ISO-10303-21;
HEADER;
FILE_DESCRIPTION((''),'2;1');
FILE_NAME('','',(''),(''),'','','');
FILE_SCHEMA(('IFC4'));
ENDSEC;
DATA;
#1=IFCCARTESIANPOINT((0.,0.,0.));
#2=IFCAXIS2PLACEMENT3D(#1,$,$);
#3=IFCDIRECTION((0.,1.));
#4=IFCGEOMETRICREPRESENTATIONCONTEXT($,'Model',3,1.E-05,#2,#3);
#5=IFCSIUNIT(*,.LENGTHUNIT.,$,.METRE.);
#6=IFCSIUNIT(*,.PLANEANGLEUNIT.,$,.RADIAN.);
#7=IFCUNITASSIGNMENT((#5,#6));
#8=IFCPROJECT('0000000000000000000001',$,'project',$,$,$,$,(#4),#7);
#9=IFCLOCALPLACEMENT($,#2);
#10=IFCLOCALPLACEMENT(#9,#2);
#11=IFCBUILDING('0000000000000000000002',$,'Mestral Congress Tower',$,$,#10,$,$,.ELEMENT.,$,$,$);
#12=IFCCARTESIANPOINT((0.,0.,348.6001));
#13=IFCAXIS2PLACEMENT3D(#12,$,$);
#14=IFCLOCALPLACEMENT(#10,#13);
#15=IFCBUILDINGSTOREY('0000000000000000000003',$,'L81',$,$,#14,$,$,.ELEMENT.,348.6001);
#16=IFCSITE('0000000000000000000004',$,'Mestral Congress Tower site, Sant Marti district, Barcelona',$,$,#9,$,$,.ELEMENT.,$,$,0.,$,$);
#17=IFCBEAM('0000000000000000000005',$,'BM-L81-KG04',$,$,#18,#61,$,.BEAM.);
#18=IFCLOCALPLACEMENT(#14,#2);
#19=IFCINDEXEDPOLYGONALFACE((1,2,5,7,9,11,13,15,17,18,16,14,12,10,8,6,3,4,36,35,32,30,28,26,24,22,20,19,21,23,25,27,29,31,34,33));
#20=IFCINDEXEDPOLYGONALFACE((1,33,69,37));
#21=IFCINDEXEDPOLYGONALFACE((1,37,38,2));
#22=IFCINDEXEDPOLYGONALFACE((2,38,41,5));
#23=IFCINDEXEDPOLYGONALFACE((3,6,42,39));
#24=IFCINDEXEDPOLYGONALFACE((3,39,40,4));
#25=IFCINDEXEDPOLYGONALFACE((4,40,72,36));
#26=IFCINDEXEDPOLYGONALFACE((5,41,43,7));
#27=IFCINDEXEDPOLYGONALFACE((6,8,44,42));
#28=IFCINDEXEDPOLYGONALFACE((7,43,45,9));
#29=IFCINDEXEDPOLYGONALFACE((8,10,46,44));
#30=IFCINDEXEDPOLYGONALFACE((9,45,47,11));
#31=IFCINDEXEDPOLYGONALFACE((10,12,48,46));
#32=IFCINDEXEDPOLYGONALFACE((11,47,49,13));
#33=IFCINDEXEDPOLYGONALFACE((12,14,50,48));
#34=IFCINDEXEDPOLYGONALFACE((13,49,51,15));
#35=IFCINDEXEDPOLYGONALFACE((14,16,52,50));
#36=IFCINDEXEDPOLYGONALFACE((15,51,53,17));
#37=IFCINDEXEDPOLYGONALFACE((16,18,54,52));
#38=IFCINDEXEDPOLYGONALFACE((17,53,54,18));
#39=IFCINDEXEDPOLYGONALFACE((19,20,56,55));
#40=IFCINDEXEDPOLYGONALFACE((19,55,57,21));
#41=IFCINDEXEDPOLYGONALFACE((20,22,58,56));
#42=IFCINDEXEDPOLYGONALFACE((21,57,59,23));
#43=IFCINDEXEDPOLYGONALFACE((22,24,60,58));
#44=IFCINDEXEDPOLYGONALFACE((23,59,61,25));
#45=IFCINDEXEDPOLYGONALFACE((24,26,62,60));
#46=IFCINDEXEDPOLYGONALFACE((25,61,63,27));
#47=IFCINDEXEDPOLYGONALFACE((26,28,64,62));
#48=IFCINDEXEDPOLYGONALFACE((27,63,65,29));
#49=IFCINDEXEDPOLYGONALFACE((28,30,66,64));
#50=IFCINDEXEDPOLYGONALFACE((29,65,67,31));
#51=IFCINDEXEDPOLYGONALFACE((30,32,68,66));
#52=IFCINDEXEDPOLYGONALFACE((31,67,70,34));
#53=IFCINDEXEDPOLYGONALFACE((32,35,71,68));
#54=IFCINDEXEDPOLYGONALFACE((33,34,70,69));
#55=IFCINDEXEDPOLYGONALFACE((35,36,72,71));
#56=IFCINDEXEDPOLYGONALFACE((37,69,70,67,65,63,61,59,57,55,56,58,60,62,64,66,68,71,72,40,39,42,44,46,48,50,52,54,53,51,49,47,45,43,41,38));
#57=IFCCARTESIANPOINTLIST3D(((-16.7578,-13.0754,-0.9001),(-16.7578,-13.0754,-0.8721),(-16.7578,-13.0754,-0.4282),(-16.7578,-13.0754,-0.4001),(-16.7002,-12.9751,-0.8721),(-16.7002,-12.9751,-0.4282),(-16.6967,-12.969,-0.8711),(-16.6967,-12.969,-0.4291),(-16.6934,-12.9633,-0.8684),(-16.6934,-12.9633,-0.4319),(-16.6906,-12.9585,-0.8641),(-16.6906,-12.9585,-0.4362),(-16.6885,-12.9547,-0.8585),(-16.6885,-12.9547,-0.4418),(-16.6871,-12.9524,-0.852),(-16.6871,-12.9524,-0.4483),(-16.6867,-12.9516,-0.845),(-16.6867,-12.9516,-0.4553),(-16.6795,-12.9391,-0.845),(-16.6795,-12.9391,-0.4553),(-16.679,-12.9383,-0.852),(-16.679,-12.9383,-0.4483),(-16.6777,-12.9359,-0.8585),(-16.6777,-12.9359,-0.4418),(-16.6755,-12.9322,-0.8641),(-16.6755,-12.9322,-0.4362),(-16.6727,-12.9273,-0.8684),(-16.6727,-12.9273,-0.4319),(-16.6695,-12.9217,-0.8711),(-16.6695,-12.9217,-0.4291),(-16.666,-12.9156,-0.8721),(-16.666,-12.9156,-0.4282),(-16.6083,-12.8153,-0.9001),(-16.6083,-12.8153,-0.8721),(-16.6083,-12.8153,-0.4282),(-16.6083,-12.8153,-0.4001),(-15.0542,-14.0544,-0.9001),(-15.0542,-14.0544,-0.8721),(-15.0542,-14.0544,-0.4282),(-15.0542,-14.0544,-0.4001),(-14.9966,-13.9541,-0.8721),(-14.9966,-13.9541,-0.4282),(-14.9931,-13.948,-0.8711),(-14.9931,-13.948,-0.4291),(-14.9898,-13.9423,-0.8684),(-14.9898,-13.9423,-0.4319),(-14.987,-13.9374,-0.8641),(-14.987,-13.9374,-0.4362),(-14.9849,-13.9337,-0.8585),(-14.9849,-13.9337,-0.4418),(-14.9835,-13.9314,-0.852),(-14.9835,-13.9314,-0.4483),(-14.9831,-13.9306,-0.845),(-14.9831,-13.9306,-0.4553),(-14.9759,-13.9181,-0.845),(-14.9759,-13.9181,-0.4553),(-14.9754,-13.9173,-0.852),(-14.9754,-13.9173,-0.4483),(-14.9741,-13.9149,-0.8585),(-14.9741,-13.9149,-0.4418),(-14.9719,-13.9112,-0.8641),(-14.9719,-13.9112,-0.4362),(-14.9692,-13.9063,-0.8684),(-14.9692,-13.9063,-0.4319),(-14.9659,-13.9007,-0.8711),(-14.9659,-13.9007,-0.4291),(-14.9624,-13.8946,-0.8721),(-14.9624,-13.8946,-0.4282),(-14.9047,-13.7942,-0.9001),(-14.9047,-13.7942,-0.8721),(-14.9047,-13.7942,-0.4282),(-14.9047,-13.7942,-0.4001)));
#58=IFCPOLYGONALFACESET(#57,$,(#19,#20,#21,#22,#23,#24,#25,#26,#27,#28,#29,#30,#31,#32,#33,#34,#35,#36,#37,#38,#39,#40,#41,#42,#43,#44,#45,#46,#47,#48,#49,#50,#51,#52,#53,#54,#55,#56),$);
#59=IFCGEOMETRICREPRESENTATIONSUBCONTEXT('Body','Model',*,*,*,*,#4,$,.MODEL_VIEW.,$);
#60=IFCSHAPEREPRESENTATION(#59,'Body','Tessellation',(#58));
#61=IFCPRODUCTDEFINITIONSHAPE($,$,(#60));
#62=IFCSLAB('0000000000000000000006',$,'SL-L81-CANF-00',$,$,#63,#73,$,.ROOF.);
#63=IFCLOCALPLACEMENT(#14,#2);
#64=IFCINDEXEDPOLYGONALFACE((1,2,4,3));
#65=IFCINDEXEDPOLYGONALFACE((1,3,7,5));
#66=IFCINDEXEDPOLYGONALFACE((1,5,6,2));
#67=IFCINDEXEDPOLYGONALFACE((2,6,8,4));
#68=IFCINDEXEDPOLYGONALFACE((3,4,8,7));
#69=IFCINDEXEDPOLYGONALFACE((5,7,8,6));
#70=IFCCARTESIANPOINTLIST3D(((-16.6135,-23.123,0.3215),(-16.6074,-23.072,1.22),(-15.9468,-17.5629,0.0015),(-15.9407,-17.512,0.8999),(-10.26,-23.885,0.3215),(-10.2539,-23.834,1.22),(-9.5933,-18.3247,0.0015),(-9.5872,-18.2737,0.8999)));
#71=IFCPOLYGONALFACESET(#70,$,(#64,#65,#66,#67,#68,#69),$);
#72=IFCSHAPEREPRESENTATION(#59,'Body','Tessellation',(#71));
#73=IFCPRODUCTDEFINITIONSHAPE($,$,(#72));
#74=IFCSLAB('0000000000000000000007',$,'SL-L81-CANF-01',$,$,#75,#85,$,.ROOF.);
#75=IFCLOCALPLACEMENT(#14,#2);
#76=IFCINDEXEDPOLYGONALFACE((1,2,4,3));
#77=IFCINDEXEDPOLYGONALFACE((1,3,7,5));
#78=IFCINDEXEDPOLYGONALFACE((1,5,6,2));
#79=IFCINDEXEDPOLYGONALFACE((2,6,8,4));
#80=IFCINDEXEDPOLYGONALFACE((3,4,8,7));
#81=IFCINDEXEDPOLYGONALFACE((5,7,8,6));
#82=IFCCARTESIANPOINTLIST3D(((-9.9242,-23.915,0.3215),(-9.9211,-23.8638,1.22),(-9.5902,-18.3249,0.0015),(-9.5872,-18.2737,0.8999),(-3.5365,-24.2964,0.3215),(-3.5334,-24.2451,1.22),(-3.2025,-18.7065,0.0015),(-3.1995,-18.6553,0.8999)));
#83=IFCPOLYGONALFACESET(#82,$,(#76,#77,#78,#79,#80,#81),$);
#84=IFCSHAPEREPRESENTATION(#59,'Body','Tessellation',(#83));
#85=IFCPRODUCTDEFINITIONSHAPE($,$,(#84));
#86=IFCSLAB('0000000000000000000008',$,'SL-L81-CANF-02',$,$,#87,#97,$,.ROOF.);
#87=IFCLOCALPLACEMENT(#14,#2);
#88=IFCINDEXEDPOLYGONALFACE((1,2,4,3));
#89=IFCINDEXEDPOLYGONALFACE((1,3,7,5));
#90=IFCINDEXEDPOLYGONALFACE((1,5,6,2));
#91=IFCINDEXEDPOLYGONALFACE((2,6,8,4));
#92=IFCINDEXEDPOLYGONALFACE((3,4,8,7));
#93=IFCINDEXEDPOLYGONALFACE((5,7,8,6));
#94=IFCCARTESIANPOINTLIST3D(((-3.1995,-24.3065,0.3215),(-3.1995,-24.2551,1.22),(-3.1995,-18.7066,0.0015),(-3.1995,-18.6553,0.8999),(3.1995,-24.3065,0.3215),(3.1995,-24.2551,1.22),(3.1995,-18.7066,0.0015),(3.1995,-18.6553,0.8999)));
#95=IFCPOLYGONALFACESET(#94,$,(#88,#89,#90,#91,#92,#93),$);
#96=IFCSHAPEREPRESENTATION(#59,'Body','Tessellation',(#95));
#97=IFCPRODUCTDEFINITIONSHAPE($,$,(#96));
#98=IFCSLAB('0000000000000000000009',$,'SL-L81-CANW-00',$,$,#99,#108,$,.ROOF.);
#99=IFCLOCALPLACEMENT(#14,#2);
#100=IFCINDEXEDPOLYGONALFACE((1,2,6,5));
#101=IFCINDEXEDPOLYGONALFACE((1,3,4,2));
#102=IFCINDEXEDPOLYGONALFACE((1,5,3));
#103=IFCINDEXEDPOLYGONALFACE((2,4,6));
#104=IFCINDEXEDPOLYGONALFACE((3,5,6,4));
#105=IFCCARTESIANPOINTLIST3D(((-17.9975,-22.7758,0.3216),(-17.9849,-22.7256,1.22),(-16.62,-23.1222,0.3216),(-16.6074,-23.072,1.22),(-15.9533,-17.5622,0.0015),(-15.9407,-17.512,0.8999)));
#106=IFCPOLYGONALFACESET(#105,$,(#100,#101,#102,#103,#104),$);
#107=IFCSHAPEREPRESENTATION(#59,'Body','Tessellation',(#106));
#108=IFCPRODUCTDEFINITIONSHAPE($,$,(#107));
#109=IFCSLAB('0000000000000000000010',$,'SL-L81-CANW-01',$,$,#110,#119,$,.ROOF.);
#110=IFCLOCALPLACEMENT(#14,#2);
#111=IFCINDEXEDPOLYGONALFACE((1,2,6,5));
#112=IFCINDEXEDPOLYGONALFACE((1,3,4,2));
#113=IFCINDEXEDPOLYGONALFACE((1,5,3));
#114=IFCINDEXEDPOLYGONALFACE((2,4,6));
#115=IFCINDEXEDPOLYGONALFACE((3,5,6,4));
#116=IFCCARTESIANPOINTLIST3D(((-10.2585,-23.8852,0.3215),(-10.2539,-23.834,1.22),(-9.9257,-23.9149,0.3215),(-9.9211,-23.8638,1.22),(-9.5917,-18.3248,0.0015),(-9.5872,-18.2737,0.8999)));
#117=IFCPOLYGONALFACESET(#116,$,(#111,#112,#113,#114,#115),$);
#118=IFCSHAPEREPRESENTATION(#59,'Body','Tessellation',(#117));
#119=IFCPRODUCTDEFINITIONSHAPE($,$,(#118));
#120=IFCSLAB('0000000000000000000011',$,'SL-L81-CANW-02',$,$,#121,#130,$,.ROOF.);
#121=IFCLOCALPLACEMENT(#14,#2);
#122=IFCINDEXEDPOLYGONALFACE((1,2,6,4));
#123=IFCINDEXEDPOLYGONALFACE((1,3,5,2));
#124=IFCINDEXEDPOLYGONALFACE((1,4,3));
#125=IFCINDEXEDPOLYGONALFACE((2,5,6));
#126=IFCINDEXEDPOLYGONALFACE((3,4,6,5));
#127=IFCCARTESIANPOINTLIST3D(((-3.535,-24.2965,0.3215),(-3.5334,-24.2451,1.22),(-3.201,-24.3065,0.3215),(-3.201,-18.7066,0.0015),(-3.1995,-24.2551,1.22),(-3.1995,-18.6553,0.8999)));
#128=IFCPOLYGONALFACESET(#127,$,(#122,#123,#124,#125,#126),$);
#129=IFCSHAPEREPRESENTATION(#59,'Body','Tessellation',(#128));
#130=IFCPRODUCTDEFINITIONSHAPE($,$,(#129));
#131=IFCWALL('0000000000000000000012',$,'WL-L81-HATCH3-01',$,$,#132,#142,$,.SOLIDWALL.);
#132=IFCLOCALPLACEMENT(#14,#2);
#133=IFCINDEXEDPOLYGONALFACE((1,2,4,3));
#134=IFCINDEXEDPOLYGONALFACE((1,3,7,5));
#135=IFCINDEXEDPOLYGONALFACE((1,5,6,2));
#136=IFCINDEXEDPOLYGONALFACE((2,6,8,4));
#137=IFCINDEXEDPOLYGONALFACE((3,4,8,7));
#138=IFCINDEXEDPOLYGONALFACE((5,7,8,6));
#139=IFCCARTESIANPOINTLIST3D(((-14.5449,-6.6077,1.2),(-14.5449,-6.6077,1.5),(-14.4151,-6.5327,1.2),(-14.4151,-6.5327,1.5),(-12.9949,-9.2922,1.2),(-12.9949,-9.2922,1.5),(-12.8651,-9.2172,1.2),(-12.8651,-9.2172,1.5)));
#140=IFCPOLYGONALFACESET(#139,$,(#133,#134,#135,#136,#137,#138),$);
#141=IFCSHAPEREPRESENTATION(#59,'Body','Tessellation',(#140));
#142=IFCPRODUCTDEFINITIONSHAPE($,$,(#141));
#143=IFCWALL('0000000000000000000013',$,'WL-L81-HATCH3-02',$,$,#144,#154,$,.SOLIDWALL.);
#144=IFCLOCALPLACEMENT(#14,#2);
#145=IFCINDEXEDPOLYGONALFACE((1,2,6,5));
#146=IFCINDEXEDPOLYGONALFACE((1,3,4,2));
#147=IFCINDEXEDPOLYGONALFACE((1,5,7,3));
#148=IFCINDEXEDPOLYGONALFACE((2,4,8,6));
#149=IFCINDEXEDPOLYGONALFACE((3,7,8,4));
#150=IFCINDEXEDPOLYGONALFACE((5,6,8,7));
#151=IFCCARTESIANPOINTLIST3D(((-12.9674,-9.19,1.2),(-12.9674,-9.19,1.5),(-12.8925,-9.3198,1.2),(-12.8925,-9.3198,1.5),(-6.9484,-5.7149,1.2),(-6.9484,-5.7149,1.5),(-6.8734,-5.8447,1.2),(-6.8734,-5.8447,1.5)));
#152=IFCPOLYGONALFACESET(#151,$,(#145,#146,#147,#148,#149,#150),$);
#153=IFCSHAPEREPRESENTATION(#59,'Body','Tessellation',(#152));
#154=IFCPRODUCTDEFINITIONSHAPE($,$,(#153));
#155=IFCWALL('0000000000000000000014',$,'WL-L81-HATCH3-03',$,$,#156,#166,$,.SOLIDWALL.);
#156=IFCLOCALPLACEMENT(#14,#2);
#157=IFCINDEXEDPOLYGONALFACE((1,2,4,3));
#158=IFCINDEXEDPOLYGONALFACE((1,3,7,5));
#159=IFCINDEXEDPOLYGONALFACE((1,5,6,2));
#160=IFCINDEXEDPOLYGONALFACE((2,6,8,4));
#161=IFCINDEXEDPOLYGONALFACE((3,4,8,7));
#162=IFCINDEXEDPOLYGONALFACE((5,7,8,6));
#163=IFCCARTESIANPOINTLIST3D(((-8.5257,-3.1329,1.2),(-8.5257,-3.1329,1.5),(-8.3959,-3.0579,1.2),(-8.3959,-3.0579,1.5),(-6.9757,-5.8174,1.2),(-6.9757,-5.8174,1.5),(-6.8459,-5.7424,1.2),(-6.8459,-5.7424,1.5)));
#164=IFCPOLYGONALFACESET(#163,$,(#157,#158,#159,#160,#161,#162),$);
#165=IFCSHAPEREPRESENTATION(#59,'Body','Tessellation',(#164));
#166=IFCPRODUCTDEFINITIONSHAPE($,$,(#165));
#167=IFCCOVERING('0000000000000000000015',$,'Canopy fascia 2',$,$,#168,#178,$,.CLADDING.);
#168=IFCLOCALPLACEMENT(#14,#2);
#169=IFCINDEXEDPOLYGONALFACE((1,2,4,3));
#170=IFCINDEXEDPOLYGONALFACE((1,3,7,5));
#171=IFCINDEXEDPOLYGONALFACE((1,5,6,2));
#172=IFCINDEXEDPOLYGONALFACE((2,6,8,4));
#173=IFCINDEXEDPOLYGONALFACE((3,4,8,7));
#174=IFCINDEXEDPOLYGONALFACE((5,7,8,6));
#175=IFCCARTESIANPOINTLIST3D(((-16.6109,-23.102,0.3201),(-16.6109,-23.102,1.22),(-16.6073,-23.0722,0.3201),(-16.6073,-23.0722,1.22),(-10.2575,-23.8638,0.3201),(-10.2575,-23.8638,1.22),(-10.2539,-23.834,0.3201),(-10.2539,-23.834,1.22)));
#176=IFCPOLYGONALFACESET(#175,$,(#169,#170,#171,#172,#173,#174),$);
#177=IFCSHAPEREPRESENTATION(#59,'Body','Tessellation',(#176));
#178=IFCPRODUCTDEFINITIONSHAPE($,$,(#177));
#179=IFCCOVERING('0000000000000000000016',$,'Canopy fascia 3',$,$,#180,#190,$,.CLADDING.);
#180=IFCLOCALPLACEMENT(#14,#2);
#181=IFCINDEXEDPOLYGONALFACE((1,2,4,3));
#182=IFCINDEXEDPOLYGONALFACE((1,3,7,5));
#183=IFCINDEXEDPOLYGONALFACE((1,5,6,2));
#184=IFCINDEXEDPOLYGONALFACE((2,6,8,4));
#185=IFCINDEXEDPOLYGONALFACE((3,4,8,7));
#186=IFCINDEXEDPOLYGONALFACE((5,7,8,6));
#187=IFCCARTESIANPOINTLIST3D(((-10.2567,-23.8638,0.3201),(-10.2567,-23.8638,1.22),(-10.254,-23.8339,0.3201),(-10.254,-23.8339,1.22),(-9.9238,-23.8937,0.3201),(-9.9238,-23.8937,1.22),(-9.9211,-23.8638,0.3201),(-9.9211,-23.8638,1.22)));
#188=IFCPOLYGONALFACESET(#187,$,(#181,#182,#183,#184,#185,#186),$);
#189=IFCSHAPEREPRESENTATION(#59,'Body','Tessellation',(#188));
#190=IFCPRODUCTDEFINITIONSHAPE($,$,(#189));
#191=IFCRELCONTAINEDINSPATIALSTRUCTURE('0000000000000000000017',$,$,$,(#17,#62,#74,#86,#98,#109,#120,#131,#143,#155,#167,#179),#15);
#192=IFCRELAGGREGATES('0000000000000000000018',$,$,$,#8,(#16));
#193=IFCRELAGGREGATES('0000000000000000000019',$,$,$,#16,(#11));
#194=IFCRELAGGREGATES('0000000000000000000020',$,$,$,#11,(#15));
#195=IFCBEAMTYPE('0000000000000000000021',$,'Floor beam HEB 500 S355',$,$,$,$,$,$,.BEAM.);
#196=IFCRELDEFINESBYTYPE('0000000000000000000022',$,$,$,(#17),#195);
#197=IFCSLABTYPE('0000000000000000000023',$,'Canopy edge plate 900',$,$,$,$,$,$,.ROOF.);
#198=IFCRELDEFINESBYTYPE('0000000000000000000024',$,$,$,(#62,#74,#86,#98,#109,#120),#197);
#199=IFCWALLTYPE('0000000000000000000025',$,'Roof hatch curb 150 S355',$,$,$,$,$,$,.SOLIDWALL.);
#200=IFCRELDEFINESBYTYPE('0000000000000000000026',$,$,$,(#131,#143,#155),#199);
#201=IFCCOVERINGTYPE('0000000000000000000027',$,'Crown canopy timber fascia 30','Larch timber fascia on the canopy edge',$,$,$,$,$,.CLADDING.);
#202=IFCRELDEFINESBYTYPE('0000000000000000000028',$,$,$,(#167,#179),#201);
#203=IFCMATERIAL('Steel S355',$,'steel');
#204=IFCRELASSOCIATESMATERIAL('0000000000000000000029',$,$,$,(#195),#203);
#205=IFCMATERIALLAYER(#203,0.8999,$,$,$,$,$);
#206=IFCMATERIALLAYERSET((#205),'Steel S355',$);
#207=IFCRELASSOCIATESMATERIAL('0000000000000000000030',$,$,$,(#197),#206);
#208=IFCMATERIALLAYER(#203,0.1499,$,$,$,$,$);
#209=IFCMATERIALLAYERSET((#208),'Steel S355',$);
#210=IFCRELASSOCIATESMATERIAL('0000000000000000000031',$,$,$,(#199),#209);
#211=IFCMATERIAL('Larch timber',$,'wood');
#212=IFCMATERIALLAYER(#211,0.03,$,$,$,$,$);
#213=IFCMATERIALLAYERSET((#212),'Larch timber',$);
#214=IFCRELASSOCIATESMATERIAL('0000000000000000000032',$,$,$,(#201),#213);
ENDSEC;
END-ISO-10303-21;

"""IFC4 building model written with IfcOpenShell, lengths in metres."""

from ifc_helpers import new_model, si_unit, direction, frame, frame_2d, origin, origin_2d, place, context, subcontext, project, spatial, polyline, rectangle, i_section, outline, extrude, material, layer, layer_set, material_profile, profile_set, type_object, element, save


model = new_model("IFC4")

# Units and contexts
model_context = context("Model", 3, precision=1e-05, world=origin(), true_north=direction((0.0, 1.0)))
body_context = subcontext(model_context, "Body", "Model", "MODEL_VIEW")
ifc_project = project(units=[si_unit("LENGTHUNIT", "METRE"), si_unit("PLANEANGLEUNIT", "RADIAN")], contexts=[model_context])

# Site, building, storey
site_placement = place(None, origin())
site = spatial("IfcSite", under=ifc_project, at=site_placement, Name="Mestral Congress Tower site, Sant Marti district, Barcelona", CompositionType="ELEMENT", RefElevation=0.0)
building_placement = place(site_placement, origin())
building = spatial("IfcBuilding", under=site, at=building_placement, Name="Mestral Congress Tower", CompositionType="ELEMENT")
storey_placement = place(building_placement, frame((0.0, 0.0, 348.6001)))
storey = spatial("IfcBuildingStorey", under=building, at=storey_placement, Name="L81", CompositionType="ELEMENT", Elevation=348.6001)

# Beam
ifc_material_1 = material(Name="Steel S355", Category="steel")
ifc_material_profile_1 = material_profile(ifc_material_1, i_section(OverallWidth=0.3, OverallDepth=0.5, WebThickness=0.0144, FlangeThickness=0.0281, FilletRadius=0.0271, at=origin_2d()), Name="HEB 500")
ifc_profile_set_1 = profile_set([ifc_material_profile_1], Name="Steel S355")
beam_type_1 = type_object("IfcBeamType", Name="Floor beam HEB 500 S355", PredefinedType="BEAM", material=ifc_profile_set_1)
beam_1_placement = place(storey_placement, frame((-14.9795, -13.9243, -0.6501), z_axis=(-0.867032, 0.498252, 0.0), x_axis=(-0.498252, -0.867032, 0.0)))
element("IfcBeam", 1, at=beam_1_placement, inside=storey, type_object=beam_type_1, Name="BM-L81-KG04", PredefinedType="BEAM", context=body_context, shape_type="SweptSolid", body=[
    extrude(i_section(OverallWidth=0.3, OverallDepth=0.5, WebThickness=0.0144, FlangeThickness=0.0281, FilletRadius=0.0271, at=origin_2d()), origin(), (0.0, 0.0, 1.0), 1.9648),
])

# Slabs
ifc_layer_1 = layer(ifc_material_1, 0.8999)
ifc_layer_set_1 = layer_set([ifc_layer_1], Name="Steel S355")
slab_type = type_object("IfcSlabType", Name="Canopy edge plate 900", PredefinedType="ROOF", material=ifc_layer_set_1)
slab_1_placement = place(storey_placement, frame((-15.9407, -17.512, 0.8999), z_axis=(0.006794, 0.056656, 0.998371), x_axis=(0.99289, -0.119037, -0.000001)))
element("IfcSlab", 2, at=slab_1_placement, inside=storey, type_object=slab_type, Name="SL-L81-CANF-00", PredefinedType="ROOF", context=body_context, shape_type="SweptSolid", body=[
    extrude(outline(polyline([(0.0, 0.0), (6.399, 0.0), (6.3989, -5.6093), (-0.0002, -5.609), (0.0, 0.0)])), origin(), (0.0, 0.0, -1.0), 0.8999),
])
slab_2_placement = place(storey_placement, frame((-9.5872, -18.2737, 0.8999), z_axis=(0.003402, 0.056961, 0.998371), x_axis=(0.99822, -0.059632, 0.000001)))
element("IfcSlab", 3, at=slab_2_placement, inside=storey, type_object=slab_type, Name="SL-L81-CANF-01", PredefinedType="ROOF", context=body_context, shape_type="SweptSolid", body=[
    extrude(outline(polyline([(0.0, 0.0), (6.3991, 0.0), (6.399, -5.609), (0.0, -5.6092), (0.0, 0.0)])), origin(), (0.0, 0.0, -1.0), 0.8999),
])
slab_3_placement = place(storey_placement, frame((-3.1995, -18.6553, 0.8999), z_axis=(0.0, 0.057063, 0.998371), x_axis=(1.0, 0.0, 0.0)))
element("IfcSlab", 4, at=slab_3_placement, inside=storey, type_object=slab_type, Name="SL-L81-CANF-02", PredefinedType="ROOF", context=body_context, shape_type="SweptSolid", body=[
    extrude(outline(polyline([(0.0, 0.0), (6.3989, 0.0), (6.3989, -5.609), (0.0, -5.609), (0.0, 0.0)])), origin(), (0.0, 0.0, -1.0), 0.8999),
])
slab_4_placement = place(storey_placement, frame((-15.9407, -17.512, 0.8999), z_axis=(0.014031, 0.055788, 0.998344), x_axis=(-0.364436, -0.929479, 0.057061)))
element("IfcSlab", 5, at=slab_4_placement, inside=storey, type_object=slab_type, Name="SL-L81-CANW-00", PredefinedType="ROOF", context=body_context, shape_type="SweptSolid", body=[
    extrude(outline(polyline([(0.0, 0.0), (5.6092, 0.0), (5.4292, 1.4089), (0.0, 0.0)])), origin(), (0.0, 0.0, -1.0), 0.8999),
])
slab_5_placement = place(storey_placement, frame((-9.5872, -18.2737, 0.8999), z_axis=(0.005089, 0.056859, 0.998369), x_axis=(-0.118865, -0.991269, 0.057061)))
element("IfcSlab", 6, at=slab_5_placement, inside=storey, type_object=slab_type, Name="SL-L81-CANW-01", PredefinedType="ROOF", context=body_context, shape_type="SweptSolid", body=[
    extrude(outline(polyline([(0.0, 0.0), (5.6093, 0.0), (5.5992, 0.3339), (0.0, 0.0)])), origin(), (0.0, 0.0, -1.0), 0.8999),
])
slab_6_placement = place(storey_placement, frame((-3.1995, -18.6553, 0.8999), z_axis=(0.00171, 0.057063, 0.998369), x_axis=(-0.059545, -0.996593, 0.057064)))
element("IfcSlab", 7, at=slab_6_placement, inside=storey, type_object=slab_type, Name="SL-L81-CANW-02", PredefinedType="ROOF", context=body_context, shape_type="SweptSolid", body=[
    extrude(outline(polyline([(0.0, 0.0), (5.609, 0.0), (5.599, 0.334), (0.0, 0.0)])), origin(), (0.0, 0.0, -1.0), 0.8999),
])

# Walls
ifc_layer_2 = layer(ifc_material_1, 0.1499)
ifc_layer_set_2 = layer_set([ifc_layer_2], Name="Steel S355")
wall_type = type_object("IfcWallType", Name="Roof hatch curb 150 S355", PredefinedType="SOLIDWALL", material=ifc_layer_set_2)
wall_1_placement = place(storey_placement, frame((-14.48, -6.5703, 1.2), z_axis=(0.0, 0.0, 1.0), x_axis=(0.500027, -0.86601, 0.0)))
element("IfcWall", 8, at=wall_1_placement, inside=storey, type_object=wall_type, Name="WL-L81-HATCH3-01", PredefinedType="SOLIDWALL", context=body_context, shape_type="SweptSolid", body=[
    extrude(rectangle(XDim=3.0999, YDim=0.1499, at=frame_2d((1.5498, 0.0))), origin(), (0.0, 0.0, 1.0), 0.3),
])
wall_2_placement = place(storey_placement, frame((-12.9299, -9.2549, 1.2), z_axis=(0.0, 0.0, 1.0), x_axis=(0.866025, 0.5, 0.0)))
element("IfcWall", 9, at=wall_2_placement, inside=storey, type_object=wall_type, Name="WL-L81-HATCH3-02", PredefinedType="SOLIDWALL", context=body_context, shape_type="SweptSolid", body=[
    extrude(rectangle(XDim=6.9502, YDim=0.1499, at=frame_2d((3.4751, 0.0))), origin(), (0.0, 0.0, 1.0), 0.3),
])
wall_3_placement = place(storey_placement, frame((-6.9109, -5.7798, 1.2), z_axis=(0.0, 0.0, 1.0), x_axis=(-0.500027, 0.86601, 0.0)))
element("IfcWall", 10, at=wall_3_placement, inside=storey, type_object=wall_type, Name="WL-L81-HATCH3-03", PredefinedType="SOLIDWALL", context=body_context, shape_type="SweptSolid", body=[
    extrude(rectangle(XDim=3.0999, YDim=0.1499, at=frame_2d((1.5498, 0.0))), origin(), (0.0, 0.0, 1.0), 0.3),
])

# Coverings
ifc_material_2 = material(Name="Larch timber", Category="wood")
ifc_layer_3 = layer(ifc_material_2, 0.03)
ifc_layer_set_3 = layer_set([ifc_layer_3], Name="Larch timber")
covering_type_1 = type_object("IfcCoveringType", Name="Crown canopy timber fascia 30", Description="Larch timber fascia on the canopy edge", PredefinedType="CLADDING", material=ifc_layer_set_3)
covering_1_placement = place(storey_placement, frame((-13.4324, -23.468, 0.3201), z_axis=(0.0, 0.0, 1.0), x_axis=(0.992888, -0.11905, 0.0)))
element("IfcCovering", 11, at=covering_1_placement, inside=storey, type_object=covering_type_1, Name="Canopy fascia 2", PredefinedType="CLADDING", context=body_context, shape_type="SweptSolid", body=[
    extrude(rectangle(XDim=6.3989, YDim=0.03, at=origin_2d()), origin(), (0.0, 0.0, 1.0), 0.8999),
])
covering_2_placement = place(storey_placement, frame((-10.0889, -23.8638, 0.3201), z_axis=(0.0, 0.0, 1.0), x_axis=(0.995998, -0.089374, 0.0)))
element("IfcCovering", 12, at=covering_2_placement, inside=storey, type_object=covering_type_1, Name="Canopy fascia 3", PredefinedType="CLADDING", context=body_context, shape_type="SweptSolid", body=[
    extrude(rectangle(XDim=0.3342, YDim=0.03, at=origin_2d()), origin(), (0.0, 0.0, 1.0), 0.8999),
])

save(model, "model.ifc")
